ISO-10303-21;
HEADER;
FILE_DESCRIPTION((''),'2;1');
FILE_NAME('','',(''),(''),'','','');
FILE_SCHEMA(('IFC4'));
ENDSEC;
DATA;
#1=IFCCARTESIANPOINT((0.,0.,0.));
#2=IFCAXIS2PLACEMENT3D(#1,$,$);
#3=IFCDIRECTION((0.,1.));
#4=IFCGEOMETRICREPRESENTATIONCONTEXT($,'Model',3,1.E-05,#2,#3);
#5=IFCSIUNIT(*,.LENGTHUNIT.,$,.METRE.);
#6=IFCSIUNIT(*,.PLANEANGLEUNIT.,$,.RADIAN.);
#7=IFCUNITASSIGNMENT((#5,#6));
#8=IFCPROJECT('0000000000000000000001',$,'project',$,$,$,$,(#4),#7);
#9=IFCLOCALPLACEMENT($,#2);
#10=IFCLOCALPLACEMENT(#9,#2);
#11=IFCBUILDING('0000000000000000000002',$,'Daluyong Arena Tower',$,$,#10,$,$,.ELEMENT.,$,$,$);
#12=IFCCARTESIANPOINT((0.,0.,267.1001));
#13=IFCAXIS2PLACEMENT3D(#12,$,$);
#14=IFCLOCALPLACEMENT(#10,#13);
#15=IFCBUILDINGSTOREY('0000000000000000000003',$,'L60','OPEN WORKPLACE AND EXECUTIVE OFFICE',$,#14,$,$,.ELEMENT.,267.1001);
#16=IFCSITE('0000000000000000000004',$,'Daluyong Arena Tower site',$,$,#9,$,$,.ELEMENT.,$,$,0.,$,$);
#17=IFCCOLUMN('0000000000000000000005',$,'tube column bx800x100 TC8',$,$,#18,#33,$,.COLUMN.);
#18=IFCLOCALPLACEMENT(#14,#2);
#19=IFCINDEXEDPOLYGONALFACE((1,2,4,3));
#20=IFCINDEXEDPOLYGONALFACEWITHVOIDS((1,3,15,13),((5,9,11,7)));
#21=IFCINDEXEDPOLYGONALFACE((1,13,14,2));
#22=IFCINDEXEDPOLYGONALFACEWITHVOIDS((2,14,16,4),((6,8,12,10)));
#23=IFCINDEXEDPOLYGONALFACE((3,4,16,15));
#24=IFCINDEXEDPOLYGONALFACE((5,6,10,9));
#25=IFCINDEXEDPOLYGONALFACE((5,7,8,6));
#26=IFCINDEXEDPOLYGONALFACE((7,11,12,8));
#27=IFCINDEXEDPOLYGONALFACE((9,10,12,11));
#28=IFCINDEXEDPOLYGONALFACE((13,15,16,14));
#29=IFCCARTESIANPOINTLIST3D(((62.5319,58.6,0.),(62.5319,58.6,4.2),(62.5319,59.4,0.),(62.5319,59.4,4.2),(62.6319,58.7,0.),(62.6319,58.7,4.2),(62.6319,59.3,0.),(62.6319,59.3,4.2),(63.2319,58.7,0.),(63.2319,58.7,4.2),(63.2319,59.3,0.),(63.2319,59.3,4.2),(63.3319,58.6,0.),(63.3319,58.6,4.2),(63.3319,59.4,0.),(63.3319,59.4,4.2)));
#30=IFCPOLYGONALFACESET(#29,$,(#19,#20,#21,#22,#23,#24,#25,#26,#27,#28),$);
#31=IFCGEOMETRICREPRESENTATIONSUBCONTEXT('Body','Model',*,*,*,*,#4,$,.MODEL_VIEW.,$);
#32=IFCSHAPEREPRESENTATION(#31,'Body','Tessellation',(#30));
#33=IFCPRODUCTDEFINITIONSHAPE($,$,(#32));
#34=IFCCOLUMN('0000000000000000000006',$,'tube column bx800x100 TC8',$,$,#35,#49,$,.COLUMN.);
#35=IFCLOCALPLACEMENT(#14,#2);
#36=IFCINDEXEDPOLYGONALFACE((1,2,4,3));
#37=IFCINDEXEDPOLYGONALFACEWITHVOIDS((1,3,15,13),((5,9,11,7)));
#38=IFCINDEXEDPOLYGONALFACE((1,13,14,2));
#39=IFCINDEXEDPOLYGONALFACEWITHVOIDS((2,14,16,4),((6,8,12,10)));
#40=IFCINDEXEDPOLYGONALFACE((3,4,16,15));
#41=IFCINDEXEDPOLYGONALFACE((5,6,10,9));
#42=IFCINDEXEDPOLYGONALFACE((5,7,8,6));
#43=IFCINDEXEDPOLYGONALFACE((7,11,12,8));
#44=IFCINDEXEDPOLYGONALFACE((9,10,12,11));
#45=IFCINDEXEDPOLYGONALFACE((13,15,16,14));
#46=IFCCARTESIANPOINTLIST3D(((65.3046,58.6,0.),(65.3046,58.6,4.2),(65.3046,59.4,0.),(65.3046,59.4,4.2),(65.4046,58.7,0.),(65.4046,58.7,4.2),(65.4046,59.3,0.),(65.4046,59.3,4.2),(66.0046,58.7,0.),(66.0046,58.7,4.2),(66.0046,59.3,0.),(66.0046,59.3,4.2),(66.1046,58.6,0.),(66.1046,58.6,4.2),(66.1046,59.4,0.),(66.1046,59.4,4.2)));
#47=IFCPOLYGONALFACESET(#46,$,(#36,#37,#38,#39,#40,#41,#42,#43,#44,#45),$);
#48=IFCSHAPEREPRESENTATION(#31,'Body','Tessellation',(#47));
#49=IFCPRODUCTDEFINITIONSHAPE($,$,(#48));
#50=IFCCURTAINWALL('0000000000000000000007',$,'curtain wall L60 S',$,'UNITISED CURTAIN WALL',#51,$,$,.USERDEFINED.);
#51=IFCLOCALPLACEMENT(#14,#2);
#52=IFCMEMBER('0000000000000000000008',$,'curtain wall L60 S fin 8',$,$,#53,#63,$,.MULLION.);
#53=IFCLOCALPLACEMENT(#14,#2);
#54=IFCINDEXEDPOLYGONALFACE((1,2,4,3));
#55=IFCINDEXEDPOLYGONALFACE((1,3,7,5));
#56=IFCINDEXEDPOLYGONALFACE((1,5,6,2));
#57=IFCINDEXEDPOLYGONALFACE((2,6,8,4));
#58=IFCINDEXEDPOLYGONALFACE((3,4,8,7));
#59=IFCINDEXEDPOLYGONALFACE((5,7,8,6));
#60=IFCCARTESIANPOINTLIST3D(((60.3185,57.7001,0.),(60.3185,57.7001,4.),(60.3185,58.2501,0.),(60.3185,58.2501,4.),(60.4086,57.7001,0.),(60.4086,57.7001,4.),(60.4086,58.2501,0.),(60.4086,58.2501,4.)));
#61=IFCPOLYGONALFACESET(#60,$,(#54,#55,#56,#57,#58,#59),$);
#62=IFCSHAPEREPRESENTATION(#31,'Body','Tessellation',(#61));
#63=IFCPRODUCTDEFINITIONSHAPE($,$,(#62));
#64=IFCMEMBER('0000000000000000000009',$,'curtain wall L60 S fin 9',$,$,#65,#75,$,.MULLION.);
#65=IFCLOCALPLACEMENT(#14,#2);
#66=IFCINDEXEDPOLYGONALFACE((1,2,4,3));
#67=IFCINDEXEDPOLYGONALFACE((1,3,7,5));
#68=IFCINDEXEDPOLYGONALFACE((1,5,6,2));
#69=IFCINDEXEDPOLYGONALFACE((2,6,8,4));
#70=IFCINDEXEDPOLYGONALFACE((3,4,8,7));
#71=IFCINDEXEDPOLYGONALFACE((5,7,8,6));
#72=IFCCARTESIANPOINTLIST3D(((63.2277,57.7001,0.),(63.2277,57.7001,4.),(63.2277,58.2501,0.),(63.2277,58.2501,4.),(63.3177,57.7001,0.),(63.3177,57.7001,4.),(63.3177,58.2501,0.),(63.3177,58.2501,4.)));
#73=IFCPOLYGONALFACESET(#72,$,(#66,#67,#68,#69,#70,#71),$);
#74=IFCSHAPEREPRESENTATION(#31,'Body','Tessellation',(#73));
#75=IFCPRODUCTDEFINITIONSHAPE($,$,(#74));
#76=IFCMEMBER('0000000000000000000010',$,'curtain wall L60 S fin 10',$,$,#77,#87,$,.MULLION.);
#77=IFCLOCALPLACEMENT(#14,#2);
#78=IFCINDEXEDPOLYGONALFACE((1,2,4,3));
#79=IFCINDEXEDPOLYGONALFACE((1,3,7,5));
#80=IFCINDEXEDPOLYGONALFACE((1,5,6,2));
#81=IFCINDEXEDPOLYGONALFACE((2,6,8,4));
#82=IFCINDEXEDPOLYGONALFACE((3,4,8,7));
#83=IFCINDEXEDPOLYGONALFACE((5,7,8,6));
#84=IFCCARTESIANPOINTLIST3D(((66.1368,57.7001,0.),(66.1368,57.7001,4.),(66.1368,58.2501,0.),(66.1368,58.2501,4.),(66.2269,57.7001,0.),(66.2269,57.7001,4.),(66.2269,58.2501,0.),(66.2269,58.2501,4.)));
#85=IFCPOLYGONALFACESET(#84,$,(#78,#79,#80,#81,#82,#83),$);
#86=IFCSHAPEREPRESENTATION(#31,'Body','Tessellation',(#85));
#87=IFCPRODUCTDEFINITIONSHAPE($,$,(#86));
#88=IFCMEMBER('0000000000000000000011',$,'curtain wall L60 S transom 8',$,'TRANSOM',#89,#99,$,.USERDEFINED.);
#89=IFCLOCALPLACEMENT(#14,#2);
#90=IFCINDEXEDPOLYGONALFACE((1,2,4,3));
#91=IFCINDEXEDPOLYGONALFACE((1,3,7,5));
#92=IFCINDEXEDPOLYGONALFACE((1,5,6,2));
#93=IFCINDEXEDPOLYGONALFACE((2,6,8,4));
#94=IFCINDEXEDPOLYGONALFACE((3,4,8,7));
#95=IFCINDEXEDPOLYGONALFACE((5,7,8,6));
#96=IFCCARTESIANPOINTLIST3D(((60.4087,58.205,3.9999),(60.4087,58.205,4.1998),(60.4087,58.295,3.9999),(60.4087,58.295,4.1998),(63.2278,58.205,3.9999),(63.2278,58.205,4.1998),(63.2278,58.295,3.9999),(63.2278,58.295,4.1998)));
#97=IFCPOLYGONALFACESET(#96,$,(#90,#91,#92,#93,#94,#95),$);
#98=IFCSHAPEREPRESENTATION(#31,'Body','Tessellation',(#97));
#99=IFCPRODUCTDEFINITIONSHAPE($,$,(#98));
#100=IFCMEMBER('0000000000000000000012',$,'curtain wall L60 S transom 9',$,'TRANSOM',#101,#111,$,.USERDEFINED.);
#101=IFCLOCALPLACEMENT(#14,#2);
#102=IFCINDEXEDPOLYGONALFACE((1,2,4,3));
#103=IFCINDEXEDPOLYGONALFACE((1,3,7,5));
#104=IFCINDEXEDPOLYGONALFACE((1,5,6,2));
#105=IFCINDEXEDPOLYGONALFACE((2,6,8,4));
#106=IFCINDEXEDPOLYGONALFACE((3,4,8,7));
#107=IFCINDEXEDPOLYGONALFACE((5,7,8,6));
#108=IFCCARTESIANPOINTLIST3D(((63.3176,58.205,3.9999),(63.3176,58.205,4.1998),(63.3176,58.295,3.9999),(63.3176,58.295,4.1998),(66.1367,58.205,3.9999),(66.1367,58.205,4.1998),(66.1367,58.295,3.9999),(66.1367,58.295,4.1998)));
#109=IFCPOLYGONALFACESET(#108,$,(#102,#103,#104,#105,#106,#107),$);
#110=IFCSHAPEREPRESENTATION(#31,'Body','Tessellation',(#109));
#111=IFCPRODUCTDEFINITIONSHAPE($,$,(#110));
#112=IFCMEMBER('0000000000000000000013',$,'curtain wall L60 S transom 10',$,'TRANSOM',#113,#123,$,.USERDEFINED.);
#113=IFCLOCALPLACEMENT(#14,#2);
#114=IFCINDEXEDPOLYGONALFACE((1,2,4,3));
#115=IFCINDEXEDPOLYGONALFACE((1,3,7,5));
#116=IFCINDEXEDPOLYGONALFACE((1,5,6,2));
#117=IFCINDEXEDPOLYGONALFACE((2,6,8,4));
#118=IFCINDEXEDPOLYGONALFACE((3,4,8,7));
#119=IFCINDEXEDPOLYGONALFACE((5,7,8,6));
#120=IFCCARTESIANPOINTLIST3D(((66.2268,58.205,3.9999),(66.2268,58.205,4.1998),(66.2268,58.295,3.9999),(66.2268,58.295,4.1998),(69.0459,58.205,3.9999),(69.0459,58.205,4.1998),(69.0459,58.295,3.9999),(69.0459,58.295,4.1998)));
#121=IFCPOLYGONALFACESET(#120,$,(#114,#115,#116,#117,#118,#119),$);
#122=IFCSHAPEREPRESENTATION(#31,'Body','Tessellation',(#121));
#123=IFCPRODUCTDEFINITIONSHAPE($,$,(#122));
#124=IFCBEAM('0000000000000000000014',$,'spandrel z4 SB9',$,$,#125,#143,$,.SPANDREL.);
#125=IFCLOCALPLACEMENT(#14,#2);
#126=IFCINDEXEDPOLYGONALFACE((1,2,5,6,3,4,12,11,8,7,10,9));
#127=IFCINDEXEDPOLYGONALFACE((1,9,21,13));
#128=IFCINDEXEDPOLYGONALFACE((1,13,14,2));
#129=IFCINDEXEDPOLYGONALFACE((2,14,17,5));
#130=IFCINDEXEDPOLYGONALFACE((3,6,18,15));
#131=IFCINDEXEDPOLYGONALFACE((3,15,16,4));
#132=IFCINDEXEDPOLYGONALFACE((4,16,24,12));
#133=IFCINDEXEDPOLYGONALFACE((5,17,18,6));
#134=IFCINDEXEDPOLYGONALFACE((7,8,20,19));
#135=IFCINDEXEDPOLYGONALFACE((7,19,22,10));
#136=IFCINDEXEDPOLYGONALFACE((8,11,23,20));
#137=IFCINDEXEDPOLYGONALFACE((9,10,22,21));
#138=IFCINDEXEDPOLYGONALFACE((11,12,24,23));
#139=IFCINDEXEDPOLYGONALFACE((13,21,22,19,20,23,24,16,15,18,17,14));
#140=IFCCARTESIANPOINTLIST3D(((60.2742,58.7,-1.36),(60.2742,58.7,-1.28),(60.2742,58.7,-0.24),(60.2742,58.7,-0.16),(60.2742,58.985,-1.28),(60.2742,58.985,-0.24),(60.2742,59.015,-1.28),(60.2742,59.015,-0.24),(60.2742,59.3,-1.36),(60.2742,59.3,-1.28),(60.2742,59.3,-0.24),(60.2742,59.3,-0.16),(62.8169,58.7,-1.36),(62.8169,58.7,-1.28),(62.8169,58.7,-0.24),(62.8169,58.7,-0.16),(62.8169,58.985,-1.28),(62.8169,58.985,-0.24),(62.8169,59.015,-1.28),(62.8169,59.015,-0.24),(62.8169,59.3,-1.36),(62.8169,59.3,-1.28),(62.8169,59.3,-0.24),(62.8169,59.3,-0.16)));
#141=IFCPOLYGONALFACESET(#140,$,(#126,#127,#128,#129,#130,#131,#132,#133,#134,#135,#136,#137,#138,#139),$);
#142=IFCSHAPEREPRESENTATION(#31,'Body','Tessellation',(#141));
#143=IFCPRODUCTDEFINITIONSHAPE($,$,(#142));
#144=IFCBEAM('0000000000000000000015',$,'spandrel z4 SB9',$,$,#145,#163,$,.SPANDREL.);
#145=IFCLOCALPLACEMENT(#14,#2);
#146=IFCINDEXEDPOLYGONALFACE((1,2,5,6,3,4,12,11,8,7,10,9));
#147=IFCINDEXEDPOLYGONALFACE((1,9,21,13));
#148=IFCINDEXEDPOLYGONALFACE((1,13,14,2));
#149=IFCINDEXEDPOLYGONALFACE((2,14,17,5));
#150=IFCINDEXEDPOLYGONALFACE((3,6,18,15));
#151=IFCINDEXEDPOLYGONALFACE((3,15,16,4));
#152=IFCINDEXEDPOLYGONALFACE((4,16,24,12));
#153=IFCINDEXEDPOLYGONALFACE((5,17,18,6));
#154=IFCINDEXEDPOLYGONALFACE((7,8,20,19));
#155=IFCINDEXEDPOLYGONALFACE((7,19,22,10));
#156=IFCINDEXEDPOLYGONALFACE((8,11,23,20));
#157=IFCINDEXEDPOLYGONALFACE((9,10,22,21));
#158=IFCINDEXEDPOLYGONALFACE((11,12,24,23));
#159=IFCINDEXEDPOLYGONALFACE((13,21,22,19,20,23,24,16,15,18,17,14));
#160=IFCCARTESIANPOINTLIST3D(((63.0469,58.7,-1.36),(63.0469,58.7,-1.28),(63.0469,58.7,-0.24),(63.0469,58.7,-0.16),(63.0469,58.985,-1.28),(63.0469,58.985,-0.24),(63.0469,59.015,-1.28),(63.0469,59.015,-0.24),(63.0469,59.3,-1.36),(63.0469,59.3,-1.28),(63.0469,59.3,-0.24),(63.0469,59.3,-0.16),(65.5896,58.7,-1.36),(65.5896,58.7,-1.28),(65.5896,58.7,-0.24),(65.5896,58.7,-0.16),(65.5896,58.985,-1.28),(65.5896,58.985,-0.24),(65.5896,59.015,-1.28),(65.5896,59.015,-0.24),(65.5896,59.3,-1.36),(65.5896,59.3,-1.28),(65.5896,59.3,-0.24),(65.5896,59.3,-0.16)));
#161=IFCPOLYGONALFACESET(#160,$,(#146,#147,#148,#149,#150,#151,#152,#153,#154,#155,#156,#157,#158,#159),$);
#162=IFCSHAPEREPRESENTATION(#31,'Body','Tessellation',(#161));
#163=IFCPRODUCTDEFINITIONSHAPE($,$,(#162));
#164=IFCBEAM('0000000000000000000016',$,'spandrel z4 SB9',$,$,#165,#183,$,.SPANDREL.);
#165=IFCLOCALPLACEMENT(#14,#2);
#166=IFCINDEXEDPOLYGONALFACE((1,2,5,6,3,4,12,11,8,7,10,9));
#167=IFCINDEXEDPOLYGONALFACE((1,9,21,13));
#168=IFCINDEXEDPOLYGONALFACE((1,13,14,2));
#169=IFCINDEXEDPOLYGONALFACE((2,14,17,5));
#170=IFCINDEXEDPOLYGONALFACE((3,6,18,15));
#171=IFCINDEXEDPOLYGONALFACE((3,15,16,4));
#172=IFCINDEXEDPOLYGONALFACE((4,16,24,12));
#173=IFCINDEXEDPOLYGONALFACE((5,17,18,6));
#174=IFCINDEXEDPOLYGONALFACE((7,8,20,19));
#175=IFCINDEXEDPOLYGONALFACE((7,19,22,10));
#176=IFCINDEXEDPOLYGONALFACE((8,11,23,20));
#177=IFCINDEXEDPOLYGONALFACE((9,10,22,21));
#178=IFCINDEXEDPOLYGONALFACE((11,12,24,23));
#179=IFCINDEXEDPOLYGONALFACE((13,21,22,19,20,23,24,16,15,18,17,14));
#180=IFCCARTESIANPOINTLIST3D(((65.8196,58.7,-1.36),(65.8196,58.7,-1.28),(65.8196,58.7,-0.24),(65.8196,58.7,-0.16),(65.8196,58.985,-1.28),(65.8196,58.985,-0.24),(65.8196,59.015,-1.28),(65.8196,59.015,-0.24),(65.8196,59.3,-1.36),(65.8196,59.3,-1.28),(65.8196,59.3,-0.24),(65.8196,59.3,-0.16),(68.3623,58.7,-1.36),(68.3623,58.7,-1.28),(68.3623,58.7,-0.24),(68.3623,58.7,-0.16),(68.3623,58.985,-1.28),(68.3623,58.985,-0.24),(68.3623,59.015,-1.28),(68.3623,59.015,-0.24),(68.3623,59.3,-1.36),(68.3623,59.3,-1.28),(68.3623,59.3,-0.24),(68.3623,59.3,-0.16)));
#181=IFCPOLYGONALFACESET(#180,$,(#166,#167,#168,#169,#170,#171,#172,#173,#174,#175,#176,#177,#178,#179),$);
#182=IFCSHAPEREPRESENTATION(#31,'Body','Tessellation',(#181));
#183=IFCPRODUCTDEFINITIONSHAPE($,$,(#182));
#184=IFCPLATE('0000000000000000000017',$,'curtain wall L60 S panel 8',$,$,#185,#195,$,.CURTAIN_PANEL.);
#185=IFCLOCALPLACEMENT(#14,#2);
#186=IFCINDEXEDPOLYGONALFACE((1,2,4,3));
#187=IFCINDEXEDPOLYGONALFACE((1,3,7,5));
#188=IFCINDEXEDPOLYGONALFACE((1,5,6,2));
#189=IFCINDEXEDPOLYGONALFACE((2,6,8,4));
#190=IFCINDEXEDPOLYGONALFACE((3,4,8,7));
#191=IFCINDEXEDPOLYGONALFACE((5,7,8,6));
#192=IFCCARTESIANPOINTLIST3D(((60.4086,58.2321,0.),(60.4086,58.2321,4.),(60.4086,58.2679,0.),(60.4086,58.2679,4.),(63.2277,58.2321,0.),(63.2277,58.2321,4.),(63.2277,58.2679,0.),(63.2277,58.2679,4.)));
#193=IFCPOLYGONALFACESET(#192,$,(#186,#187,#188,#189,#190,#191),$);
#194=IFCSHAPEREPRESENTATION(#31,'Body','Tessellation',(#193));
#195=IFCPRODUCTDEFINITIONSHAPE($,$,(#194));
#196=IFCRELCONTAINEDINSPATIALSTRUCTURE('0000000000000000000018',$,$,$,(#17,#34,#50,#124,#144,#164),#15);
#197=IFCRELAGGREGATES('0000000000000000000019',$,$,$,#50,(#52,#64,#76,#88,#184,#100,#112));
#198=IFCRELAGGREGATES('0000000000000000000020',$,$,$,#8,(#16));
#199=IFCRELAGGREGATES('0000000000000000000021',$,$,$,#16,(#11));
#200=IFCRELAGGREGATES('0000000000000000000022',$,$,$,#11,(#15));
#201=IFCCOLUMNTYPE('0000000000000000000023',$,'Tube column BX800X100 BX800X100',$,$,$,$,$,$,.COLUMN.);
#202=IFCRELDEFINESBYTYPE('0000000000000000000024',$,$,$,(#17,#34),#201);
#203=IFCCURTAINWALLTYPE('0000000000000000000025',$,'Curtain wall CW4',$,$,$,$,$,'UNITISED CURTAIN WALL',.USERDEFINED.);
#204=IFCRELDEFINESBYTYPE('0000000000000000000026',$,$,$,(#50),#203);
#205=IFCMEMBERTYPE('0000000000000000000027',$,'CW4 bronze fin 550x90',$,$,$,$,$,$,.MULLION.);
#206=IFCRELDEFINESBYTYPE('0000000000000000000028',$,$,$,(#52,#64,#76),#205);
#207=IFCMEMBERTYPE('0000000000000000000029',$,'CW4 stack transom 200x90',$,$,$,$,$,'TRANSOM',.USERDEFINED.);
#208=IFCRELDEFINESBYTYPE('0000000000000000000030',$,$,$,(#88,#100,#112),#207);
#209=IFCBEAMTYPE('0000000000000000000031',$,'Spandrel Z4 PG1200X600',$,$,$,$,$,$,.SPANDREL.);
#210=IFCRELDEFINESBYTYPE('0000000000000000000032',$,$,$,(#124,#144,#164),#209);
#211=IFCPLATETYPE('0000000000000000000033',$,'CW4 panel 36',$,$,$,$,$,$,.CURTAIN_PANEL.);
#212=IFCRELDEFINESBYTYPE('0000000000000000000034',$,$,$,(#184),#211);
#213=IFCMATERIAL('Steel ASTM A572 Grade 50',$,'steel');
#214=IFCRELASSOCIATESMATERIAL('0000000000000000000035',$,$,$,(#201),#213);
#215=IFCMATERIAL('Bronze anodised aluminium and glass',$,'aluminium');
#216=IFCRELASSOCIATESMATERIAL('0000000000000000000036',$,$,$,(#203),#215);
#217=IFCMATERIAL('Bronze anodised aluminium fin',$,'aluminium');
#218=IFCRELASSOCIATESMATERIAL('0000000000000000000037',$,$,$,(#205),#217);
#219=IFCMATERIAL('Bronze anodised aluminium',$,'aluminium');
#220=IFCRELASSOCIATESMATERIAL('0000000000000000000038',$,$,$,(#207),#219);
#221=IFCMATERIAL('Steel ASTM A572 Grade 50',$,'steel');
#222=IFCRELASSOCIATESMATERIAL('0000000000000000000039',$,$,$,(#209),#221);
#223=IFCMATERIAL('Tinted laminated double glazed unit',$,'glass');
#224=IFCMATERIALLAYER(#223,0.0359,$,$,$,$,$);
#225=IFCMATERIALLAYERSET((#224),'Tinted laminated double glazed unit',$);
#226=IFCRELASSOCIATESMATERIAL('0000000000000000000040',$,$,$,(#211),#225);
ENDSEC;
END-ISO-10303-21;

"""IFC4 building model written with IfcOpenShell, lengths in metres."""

from ifc_helpers import new_model, si_unit, direction, frame, origin, origin_2d, place, context, subcontext, project, spatial, rectangle, hollow_rectangle, i_section, extrude, material, layer, layer_set, material_profile, profile_set, type_object, element, aggregate, save


model = new_model("IFC4")

# Units and contexts
model_context = context("Model", 3, precision=1e-05, world=origin(), true_north=direction((0.0, 1.0)))
body_context = subcontext(model_context, "Body", "Model", "MODEL_VIEW")
ifc_project = project(units=[si_unit("LENGTHUNIT", "METRE"), si_unit("PLANEANGLEUNIT", "RADIAN")], contexts=[model_context])

# Site, building, storey
site_placement = place(None, origin())
site = spatial("IfcSite", under=ifc_project, at=site_placement, Name="Daluyong Arena Tower site", CompositionType="ELEMENT", RefElevation=0.0)
building_placement = place(site_placement, origin())
building = spatial("IfcBuilding", under=site, at=building_placement, Name="Daluyong Arena Tower", CompositionType="ELEMENT")
storey_placement = place(building_placement, frame((0.0, 0.0, 267.1001)))
storey = spatial("IfcBuildingStorey", under=building, at=storey_placement, Name="L60", Description="OPEN WORKPLACE AND EXECUTIVE OFFICE", CompositionType="ELEMENT", Elevation=267.1001)

# Columns
ifc_material_1 = material(Name="Steel ASTM A572 Grade 50", Category="steel")
ifc_material_profile_1 = material_profile(ifc_material_1, hollow_rectangle(XDim=0.8, YDim=0.8, WallThickness=0.1, at=origin_2d()))
ifc_profile_set_1 = profile_set([ifc_material_profile_1], Name="Steel ASTM A572 Grade 50")
column_type = type_object("IfcColumnType", Name="Tube column BX800X100 BX800X100", PredefinedType="COLUMN", material=ifc_profile_set_1)
for number, where, z_axis, x_axis, name in (
    (1, (62.9319, 59.0, 0.0), (0.0, 0.0, 1.0), (1.0, 0.0, 0.0), "tube column bx800x100 TC8"),
    (2, (65.7046, 59.0, 0.0), (0.0, 0.0, 1.0), (1.0, 0.0, 0.0), "tube column bx800x100 TC8"),
):
    element("IfcColumn", number, at=place(storey_placement, frame(where, z_axis=z_axis, x_axis=x_axis)), inside=storey, type_object=column_type, Name=name, PredefinedType="COLUMN", context=body_context, shape_type="SweptSolid", body=[
        extrude(hollow_rectangle(XDim=0.8, YDim=0.8, WallThickness=0.1, at=origin_2d()), origin(), (0.0, 0.0, 1.0), 4.2),
    ])

# Curtain wall, members
ifc_material_2 = material(Name="Bronze anodised aluminium and glass", Category="aluminium")
curtain_wall_type = type_object("IfcCurtainWallType", Name="Curtain wall CW4", ElementType="UNITISED CURTAIN WALL", PredefinedType="USERDEFINED", material=ifc_material_2)
curtain_wall_placement = place(storey_placement, origin())
curtain_wall = element("IfcCurtainWall", 3, at=curtain_wall_placement, inside=storey, type_object=curtain_wall_type, Name="curtain wall L60 S", ObjectType="UNITISED CURTAIN WALL", PredefinedType="USERDEFINED")
ifc_material_3 = material(Name="Bronze anodised aluminium fin", Category="aluminium")
ifc_material_profile_2 = material_profile(ifc_material_3, rectangle(XDim=0.55, YDim=0.0901, at=origin_2d()))
ifc_profile_set_2 = profile_set([ifc_material_profile_2], Name="Bronze anodised aluminium fin")
member_type_1 = type_object("IfcMemberType", Name="CW4 bronze fin 550x90", PredefinedType="MULLION", material=ifc_profile_set_2)
member_1_placement = place(storey_placement, frame((60.3635, 57.9751, 0.0), z_axis=(0.0, 0.0, 1.0), x_axis=(0.0, 1.0, 0.0)))
member_1 = element("IfcMember", 4, at=member_1_placement, type_object=member_type_1, Name="curtain wall L60 S fin 8", PredefinedType="MULLION", context=body_context, shape_type="SweptSolid", body=[
    extrude(rectangle(XDim=0.55, YDim=0.0901, at=origin_2d()), origin(), (0.0, 0.0, 1.0), 4.0),
])
member_2_placement = place(storey_placement, frame((63.2727, 57.9751, 0.0), z_axis=(0.0, 0.0, 1.0), x_axis=(0.0, 1.0, 0.0)))
member_2 = element("IfcMember", 5, at=member_2_placement, type_object=member_type_1, Name="curtain wall L60 S fin 9", PredefinedType="MULLION", context=body_context, shape_type="SweptSolid", body=[
    extrude(rectangle(XDim=0.55, YDim=0.0901, at=origin_2d()), origin(), (0.0, 0.0, 1.0), 4.0),
])
member_3_placement = place(storey_placement, frame((66.1819, 57.9751, 0.0), z_axis=(0.0, 0.0, 1.0), x_axis=(0.0, 1.0, 0.0)))
member_3 = element("IfcMember", 6, at=member_3_placement, type_object=member_type_1, Name="curtain wall L60 S fin 10", PredefinedType="MULLION", context=body_context, shape_type="SweptSolid", body=[
    extrude(rectangle(XDim=0.55, YDim=0.0901, at=origin_2d()), origin(), (0.0, 0.0, 1.0), 4.0),
])
ifc_material_4 = material(Name="Bronze anodised aluminium", Category="aluminium")
ifc_material_profile_3 = material_profile(ifc_material_4, rectangle(XDim=0.0901, YDim=0.2, at=origin_2d()))
ifc_profile_set_3 = profile_set([ifc_material_profile_3], Name="Bronze anodised aluminium")
member_type_2 = type_object("IfcMemberType", Name="CW4 stack transom 200x90", ElementType="TRANSOM", PredefinedType="USERDEFINED", material=ifc_profile_set_3)
member_4_placement = place(storey_placement, frame((60.4087, 58.25, 4.0999), z_axis=(1.0, 0.0, 0.0), x_axis=(0.0, 1.0, 0.0)))
member_4 = element("IfcMember", 7, at=member_4_placement, type_object=member_type_2, Name="curtain wall L60 S transom 8", ObjectType="TRANSOM", PredefinedType="USERDEFINED", context=body_context, shape_type="SweptSolid", body=[
    extrude(rectangle(XDim=0.0901, YDim=0.2, at=origin_2d()), origin(), (0.0, 0.0, 1.0), 2.8191),
])
member_5_placement = place(storey_placement, frame((63.3176, 58.25, 4.0999), z_axis=(1.0, 0.0, 0.0), x_axis=(0.0, 1.0, 0.0)))
member_5 = element("IfcMember", 8, at=member_5_placement, type_object=member_type_2, Name="curtain wall L60 S transom 9", ObjectType="TRANSOM", PredefinedType="USERDEFINED", context=body_context, shape_type="SweptSolid", body=[
    extrude(rectangle(XDim=0.0901, YDim=0.2, at=origin_2d()), origin(), (0.0, 0.0, 1.0), 2.8191),
])
member_6_placement = place(storey_placement, frame((66.2268, 58.25, 4.0999), z_axis=(1.0, 0.0, 0.0), x_axis=(0.0, 1.0, 0.0)))
member_6 = element("IfcMember", 9, at=member_6_placement, type_object=member_type_2, Name="curtain wall L60 S transom 10", ObjectType="TRANSOM", PredefinedType="USERDEFINED", context=body_context, shape_type="SweptSolid", body=[
    extrude(rectangle(XDim=0.0901, YDim=0.2, at=origin_2d()), origin(), (0.0, 0.0, 1.0), 2.8191),
])

# Beams
ifc_material_5 = material(Name="Steel ASTM A572 Grade 50", Category="steel")
ifc_material_profile_4 = material_profile(ifc_material_5, i_section(OverallWidth=0.6001, OverallDepth=1.2, WebThickness=0.03, FlangeThickness=0.08, at=origin_2d()))
ifc_profile_set_4 = profile_set([ifc_material_profile_4], Name="Steel ASTM A572 Grade 50")
beam_type = type_object("IfcBeamType", Name="Spandrel Z4 PG1200X600", PredefinedType="SPANDREL", material=ifc_profile_set_4)
for number, where, z_axis, x_axis, name in (
    (10, (60.2742, 59.0, -0.76), (1.0, 0.0, 0.0), (0.0, 1.0, 0.0), "spandrel z4 SB9"),
    (11, (63.0469, 59.0, -0.76), (1.0, 0.0, 0.0), (0.0, 1.0, 0.0), "spandrel z4 SB9"),
    (12, (65.8196, 59.0, -0.76), (1.0, 0.0, 0.0), (0.0, 1.0, 0.0), "spandrel z4 SB9"),
):
    element("IfcBeam", number, at=place(storey_placement, frame(where, z_axis=z_axis, x_axis=x_axis)), inside=storey, type_object=beam_type, Name=name, PredefinedType="SPANDREL", context=body_context, shape_type="SweptSolid", body=[
        extrude(i_section(OverallWidth=0.6001, OverallDepth=1.2, WebThickness=0.03, FlangeThickness=0.08, at=origin_2d()), origin(), (0.0, 0.0, 1.0), 2.5427),
    ])

# Plate
ifc_material_6 = material(Name="Tinted laminated double glazed unit", Category="glass")
ifc_layer = layer(ifc_material_6, 0.0359)
ifc_layer_set = layer_set([ifc_layer], Name="Tinted laminated double glazed unit")
plate_type = type_object("IfcPlateType", Name="CW4 panel 36", PredefinedType="CURTAIN_PANEL", material=ifc_layer_set)
plate_1_placement = place(storey_placement, frame((61.8181, 58.25, 0.0), z_axis=(0.0, 0.0, 1.0), x_axis=(1.0, 0.0, 0.0)))
plate_1 = element("IfcPlate", 13, at=plate_1_placement, type_object=plate_type, Name="curtain wall L60 S panel 8", PredefinedType="CURTAIN_PANEL", context=body_context, shape_type="SweptSolid", body=[
    extrude(rectangle(XDim=2.8191, YDim=0.0359, at=origin_2d()), origin(), (0.0, 0.0, 1.0), 4.0),
])
aggregate(curtain_wall, [member_1, member_2, member_3, member_4, plate_1, member_5, member_6])

save(model, "model.ifc")
